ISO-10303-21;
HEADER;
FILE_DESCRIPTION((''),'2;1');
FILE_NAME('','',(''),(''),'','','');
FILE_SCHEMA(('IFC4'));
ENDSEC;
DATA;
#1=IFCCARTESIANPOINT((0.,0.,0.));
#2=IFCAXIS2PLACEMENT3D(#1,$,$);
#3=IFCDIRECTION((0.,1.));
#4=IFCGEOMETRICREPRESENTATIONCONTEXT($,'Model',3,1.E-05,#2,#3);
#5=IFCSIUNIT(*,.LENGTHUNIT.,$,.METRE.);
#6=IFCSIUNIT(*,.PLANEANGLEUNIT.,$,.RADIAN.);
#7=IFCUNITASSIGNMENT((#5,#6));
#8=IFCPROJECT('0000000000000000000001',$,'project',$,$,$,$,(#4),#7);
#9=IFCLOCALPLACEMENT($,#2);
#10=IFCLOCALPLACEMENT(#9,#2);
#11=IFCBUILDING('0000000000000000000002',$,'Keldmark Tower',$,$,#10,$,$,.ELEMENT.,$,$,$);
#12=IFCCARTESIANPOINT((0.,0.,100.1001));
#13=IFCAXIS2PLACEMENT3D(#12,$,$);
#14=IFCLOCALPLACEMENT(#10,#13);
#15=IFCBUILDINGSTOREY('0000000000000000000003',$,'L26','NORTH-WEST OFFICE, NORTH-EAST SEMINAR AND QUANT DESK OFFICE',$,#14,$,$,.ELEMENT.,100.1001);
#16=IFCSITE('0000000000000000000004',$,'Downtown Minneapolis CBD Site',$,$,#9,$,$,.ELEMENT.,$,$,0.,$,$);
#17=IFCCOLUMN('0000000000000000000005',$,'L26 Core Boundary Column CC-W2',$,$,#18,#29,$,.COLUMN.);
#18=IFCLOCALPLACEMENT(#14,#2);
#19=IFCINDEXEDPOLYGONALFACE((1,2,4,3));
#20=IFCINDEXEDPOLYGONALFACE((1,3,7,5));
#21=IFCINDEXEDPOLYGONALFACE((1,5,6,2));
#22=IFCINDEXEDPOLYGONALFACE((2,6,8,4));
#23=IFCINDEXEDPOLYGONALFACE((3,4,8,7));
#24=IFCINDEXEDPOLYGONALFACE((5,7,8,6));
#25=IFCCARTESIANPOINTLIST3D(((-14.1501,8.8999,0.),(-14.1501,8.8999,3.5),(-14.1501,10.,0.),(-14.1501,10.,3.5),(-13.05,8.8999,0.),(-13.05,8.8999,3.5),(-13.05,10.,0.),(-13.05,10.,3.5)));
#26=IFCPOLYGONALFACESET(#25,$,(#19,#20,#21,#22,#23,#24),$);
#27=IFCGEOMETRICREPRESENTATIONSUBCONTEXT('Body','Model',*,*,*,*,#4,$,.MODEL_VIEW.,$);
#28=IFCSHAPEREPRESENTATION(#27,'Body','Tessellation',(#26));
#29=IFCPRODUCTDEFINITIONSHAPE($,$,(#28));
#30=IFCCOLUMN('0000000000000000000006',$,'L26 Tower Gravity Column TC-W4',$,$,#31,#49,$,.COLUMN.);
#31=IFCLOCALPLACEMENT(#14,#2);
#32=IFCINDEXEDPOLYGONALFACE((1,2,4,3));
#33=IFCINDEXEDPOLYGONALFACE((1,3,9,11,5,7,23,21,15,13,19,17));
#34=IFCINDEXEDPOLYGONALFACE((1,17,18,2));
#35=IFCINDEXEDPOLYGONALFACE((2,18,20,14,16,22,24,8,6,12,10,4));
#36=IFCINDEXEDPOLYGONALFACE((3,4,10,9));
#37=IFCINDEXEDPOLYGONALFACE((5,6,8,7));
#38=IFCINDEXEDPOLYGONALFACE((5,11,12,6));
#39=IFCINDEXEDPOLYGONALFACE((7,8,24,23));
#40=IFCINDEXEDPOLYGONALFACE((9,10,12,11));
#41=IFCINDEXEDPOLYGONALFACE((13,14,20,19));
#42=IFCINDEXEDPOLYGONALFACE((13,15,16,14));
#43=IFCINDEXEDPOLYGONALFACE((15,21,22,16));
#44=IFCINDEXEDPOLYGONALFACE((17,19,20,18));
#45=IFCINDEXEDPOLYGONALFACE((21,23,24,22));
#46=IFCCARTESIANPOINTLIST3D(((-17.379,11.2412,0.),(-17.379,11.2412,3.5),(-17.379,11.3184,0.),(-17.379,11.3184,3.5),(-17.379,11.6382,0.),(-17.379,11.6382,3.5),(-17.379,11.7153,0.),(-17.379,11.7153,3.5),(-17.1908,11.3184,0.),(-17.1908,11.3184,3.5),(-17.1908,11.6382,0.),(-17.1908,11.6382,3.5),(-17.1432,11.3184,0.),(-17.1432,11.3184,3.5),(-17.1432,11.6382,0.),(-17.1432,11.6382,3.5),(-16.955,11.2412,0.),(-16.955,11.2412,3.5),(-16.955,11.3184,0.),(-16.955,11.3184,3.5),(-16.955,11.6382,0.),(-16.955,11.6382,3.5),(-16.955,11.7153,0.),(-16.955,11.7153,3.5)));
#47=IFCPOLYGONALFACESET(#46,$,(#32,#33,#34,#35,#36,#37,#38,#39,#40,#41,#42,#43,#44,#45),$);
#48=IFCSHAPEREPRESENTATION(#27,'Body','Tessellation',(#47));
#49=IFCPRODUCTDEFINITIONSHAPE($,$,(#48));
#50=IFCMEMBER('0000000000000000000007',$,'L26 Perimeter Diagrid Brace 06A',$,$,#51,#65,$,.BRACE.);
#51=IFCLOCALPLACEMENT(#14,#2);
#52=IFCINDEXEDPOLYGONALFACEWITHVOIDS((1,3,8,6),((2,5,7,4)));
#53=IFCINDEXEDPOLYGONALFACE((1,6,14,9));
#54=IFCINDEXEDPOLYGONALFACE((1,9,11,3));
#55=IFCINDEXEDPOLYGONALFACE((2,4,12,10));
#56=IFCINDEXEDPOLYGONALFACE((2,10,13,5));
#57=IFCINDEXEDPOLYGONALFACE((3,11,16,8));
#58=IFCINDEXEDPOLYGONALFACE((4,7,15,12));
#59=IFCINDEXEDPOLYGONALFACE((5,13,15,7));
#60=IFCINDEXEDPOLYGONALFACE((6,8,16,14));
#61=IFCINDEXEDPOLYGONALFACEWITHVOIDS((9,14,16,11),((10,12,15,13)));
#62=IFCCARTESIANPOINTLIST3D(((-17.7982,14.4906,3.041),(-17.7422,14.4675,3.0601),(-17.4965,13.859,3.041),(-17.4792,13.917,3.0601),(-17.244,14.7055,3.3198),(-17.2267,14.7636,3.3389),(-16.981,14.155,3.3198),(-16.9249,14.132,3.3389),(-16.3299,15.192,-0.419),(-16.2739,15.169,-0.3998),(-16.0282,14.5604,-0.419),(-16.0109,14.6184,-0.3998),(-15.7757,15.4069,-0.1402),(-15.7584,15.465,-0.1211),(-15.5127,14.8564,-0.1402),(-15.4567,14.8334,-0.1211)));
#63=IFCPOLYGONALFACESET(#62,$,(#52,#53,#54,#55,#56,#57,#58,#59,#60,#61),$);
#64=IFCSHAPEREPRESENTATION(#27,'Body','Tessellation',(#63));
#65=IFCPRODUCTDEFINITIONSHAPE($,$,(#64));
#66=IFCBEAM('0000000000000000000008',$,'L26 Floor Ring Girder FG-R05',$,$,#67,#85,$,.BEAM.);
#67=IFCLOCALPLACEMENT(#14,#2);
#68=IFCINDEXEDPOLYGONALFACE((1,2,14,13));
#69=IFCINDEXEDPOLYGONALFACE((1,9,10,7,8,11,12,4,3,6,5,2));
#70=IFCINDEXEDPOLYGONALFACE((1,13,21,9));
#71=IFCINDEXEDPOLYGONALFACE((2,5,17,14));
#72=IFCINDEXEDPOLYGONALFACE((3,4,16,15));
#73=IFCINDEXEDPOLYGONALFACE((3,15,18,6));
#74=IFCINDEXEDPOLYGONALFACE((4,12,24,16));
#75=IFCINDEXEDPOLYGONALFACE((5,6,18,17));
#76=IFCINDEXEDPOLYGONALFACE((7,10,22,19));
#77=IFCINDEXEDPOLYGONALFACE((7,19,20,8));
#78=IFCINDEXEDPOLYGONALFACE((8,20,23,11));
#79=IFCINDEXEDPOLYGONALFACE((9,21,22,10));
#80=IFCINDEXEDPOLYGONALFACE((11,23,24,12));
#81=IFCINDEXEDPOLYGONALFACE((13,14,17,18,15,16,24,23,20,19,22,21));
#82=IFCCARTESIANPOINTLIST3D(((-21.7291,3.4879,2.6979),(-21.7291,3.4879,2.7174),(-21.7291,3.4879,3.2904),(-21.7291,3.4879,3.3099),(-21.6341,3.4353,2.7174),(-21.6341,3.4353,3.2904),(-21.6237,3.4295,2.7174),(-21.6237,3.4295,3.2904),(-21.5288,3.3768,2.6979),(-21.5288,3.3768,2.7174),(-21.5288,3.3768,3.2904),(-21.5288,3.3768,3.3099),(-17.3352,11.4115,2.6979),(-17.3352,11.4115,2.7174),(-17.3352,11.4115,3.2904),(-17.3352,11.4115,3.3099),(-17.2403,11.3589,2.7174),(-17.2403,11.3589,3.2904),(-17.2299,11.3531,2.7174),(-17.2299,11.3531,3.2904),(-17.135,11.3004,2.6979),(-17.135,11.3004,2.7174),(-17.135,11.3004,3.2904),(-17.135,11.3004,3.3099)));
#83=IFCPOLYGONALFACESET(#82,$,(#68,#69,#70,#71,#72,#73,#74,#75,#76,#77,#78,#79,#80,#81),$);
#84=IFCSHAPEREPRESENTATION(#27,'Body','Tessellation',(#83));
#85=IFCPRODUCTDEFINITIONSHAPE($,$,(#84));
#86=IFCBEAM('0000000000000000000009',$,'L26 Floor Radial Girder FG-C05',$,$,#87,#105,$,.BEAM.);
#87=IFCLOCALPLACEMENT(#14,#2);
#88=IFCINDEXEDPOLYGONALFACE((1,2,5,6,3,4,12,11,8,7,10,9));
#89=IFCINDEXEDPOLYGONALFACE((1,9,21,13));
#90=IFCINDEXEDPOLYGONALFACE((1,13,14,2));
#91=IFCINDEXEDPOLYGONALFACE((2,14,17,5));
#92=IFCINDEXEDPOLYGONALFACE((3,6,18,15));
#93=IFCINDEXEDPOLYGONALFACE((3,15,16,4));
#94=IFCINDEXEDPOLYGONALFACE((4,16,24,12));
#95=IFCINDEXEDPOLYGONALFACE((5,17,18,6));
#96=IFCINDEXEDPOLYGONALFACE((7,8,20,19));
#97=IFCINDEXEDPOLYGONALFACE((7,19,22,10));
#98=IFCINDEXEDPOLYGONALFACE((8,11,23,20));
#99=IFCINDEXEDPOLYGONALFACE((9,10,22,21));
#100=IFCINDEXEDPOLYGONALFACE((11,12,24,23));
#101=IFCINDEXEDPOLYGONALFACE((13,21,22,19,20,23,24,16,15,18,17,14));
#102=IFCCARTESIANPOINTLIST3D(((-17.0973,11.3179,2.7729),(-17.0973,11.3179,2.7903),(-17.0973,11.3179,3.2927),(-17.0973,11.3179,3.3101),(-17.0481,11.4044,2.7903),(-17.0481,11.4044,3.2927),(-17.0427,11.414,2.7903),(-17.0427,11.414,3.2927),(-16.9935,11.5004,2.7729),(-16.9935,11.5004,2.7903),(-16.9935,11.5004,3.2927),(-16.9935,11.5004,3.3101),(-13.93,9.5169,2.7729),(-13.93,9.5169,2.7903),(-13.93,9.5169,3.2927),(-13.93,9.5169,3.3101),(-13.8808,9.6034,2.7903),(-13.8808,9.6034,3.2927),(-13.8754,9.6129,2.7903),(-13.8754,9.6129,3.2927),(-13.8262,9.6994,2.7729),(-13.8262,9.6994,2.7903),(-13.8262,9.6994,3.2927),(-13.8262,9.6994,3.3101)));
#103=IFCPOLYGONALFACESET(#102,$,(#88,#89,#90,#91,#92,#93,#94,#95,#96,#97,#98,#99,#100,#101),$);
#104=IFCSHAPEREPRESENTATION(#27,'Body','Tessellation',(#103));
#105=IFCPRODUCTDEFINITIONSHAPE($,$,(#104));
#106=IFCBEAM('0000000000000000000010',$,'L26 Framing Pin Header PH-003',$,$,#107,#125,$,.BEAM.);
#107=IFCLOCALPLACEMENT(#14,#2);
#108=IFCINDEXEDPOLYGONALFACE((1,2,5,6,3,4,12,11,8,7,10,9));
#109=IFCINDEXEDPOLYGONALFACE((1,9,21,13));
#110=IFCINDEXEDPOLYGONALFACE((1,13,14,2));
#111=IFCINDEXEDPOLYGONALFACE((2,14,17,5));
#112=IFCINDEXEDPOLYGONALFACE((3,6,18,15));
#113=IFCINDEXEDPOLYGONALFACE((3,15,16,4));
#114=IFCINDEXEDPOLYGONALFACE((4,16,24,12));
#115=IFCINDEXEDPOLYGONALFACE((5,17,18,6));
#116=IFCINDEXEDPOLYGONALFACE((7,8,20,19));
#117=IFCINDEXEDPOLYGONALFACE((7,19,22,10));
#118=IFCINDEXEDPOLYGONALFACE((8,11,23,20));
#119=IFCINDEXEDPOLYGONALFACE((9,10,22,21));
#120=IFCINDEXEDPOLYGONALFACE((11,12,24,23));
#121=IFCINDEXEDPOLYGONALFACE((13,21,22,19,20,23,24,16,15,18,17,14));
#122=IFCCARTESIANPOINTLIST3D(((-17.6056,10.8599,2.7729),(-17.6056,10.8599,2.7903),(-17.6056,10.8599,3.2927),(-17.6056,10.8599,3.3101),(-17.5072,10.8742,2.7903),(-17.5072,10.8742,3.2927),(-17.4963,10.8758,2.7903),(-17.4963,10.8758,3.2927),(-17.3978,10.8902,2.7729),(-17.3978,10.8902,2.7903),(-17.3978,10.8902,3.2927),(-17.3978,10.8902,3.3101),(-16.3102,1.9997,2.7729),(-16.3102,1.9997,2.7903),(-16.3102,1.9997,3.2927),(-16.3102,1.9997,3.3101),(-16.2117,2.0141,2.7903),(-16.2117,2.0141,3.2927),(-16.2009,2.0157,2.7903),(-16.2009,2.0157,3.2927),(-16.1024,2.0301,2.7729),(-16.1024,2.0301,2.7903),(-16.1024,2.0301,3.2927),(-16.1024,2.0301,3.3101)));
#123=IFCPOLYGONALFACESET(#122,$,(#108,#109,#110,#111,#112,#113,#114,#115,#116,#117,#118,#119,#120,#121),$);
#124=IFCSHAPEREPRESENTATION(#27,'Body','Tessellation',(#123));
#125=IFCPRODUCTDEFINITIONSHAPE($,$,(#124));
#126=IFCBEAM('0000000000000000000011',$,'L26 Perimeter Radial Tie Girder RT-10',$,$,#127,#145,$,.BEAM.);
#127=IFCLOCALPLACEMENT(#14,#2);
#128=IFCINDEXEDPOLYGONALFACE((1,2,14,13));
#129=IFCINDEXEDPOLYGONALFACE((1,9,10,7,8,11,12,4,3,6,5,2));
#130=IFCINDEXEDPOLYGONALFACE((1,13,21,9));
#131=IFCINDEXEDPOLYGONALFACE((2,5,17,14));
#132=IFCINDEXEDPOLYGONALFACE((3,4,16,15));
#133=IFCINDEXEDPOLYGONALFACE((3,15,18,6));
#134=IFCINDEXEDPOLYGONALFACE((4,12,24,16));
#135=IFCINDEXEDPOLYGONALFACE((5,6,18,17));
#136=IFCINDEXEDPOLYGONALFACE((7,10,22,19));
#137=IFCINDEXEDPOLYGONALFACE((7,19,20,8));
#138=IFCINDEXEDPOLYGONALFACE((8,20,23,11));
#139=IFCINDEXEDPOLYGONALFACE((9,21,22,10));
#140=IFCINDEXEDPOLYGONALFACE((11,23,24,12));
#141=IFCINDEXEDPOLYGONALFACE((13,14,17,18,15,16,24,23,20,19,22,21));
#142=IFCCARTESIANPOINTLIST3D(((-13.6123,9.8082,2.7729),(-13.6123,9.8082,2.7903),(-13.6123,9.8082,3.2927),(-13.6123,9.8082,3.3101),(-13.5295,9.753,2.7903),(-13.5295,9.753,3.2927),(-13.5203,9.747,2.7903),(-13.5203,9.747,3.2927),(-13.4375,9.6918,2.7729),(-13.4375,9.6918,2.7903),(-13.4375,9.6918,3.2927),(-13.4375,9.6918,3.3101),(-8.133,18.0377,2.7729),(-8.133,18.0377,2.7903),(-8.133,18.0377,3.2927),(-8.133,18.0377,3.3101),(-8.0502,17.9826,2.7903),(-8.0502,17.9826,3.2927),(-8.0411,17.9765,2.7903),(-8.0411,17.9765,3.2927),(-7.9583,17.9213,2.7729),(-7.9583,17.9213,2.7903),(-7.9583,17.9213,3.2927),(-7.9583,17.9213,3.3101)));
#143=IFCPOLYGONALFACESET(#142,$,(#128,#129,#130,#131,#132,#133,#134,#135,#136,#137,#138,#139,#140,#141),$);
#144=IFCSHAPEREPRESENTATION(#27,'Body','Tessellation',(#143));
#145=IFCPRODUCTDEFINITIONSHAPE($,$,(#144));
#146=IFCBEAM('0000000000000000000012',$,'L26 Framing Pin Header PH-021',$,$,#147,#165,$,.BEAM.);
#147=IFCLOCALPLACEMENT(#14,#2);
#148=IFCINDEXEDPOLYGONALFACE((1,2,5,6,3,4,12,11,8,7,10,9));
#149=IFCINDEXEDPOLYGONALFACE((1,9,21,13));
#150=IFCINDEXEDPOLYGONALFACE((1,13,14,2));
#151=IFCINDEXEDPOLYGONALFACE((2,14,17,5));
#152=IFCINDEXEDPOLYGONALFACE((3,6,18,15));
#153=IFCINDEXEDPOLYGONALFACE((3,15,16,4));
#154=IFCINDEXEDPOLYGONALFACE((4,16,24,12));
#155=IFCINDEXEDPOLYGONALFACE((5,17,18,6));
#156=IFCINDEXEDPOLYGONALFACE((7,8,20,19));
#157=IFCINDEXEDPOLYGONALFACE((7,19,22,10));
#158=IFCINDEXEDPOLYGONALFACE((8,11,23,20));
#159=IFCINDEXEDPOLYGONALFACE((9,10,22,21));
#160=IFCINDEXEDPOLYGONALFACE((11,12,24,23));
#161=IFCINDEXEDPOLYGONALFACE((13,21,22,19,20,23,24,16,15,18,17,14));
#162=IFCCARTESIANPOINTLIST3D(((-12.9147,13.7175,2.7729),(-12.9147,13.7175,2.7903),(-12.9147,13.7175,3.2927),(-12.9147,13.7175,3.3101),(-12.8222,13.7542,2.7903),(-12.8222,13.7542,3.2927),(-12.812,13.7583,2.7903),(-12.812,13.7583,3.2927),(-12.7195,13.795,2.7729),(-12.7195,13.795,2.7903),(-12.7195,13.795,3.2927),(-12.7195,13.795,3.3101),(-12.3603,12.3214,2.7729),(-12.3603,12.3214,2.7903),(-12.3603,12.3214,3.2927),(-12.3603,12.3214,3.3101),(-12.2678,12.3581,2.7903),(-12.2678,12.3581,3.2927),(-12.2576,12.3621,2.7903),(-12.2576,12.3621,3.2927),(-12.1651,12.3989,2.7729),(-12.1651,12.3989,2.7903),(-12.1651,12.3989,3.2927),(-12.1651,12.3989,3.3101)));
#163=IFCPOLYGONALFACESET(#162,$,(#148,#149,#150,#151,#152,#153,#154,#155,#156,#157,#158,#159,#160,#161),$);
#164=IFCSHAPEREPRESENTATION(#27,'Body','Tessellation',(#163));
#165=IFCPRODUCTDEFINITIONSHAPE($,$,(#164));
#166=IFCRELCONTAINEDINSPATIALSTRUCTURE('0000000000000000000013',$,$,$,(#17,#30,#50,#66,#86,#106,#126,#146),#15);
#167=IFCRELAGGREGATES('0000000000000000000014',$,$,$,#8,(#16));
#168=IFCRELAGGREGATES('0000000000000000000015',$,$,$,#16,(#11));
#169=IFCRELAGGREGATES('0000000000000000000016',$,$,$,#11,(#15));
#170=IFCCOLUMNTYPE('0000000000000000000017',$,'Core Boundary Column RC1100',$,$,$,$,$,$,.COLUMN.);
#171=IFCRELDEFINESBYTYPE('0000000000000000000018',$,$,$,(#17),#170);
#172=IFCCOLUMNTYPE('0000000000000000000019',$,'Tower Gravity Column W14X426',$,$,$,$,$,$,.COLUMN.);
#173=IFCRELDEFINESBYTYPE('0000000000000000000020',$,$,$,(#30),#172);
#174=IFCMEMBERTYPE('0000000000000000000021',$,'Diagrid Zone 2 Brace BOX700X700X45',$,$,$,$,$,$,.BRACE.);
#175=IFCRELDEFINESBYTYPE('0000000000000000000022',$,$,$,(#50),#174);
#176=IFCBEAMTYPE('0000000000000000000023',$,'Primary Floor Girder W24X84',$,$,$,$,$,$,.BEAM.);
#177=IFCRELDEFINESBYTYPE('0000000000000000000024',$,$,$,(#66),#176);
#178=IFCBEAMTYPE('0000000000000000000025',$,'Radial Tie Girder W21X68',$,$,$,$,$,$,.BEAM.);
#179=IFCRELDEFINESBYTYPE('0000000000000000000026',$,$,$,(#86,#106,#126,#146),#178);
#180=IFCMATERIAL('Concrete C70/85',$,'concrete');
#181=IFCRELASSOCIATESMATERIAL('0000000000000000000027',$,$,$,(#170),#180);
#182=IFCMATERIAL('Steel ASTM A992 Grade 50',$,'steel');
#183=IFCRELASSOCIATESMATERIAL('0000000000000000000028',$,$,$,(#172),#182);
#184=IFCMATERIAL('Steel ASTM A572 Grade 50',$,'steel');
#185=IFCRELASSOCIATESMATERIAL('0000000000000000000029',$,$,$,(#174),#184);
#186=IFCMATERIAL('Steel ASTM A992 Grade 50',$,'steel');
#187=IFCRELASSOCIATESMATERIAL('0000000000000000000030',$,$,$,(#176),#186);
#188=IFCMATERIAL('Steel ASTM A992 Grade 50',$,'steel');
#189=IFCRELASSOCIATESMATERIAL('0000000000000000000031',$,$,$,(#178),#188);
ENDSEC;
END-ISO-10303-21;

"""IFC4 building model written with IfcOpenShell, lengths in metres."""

from ifc_helpers import new_model, si_unit, direction, frame, origin, origin_2d, place, context, subcontext, project, spatial, rectangle, hollow_rectangle, i_section, extrude, material, material_profile, profile_set, type_object, element, save


model = new_model("IFC4")

# Units and contexts
model_context = context("Model", 3, precision=1e-05, world=origin(), true_north=direction((0.0, 1.0)))
body_context = subcontext(model_context, "Body", "Model", "MODEL_VIEW")
ifc_project = project(units=[si_unit("LENGTHUNIT", "METRE"), si_unit("PLANEANGLEUNIT", "RADIAN")], contexts=[model_context])

# Site, building, storey
site_placement = place(None, origin())
site = spatial("IfcSite", under=ifc_project, at=site_placement, Name="Downtown Minneapolis CBD Site", CompositionType="ELEMENT", RefElevation=0.0)
building_placement = place(site_placement, origin())
building = spatial("IfcBuilding", under=site, at=building_placement, Name="Keldmark Tower", CompositionType="ELEMENT")
storey_placement = place(building_placement, frame((0.0, 0.0, 100.1001)))
storey = spatial("IfcBuildingStorey", under=building, at=storey_placement, Name="L26", Description="NORTH-WEST OFFICE, NORTH-EAST SEMINAR AND QUANT DESK OFFICE", CompositionType="ELEMENT", Elevation=100.1001)

# Columns
ifc_material_1 = material(Name="Concrete C70/85", Category="concrete")
ifc_material_profile_1 = material_profile(ifc_material_1, rectangle(XDim=1.1001, YDim=1.1001, at=origin_2d()), Name="RC1100X1100")
ifc_profile_set_1 = profile_set([ifc_material_profile_1], Name="Concrete C70/85")
column_type_1 = type_object("IfcColumnType", Name="Core Boundary Column RC1100", PredefinedType="COLUMN", material=ifc_profile_set_1)
column_1_placement = place(storey_placement, frame((-13.6001, 9.45, 0.0), z_axis=(0.0, 0.0, 1.0), x_axis=(1.0, 0.0, 0.0)))
element("IfcColumn", 1, at=column_1_placement, inside=storey, type_object=column_type_1, Name="L26 Core Boundary Column CC-W2", PredefinedType="COLUMN", context=body_context, shape_type="SweptSolid", body=[
    extrude(rectangle(XDim=1.1001, YDim=1.1001, at=origin_2d()), origin(), (0.0, 0.0, 1.0), 3.5),
])
ifc_material_2 = material(Name="Steel ASTM A992 Grade 50", Category="steel")
ifc_material_profile_2 = material_profile(ifc_material_2, i_section(OverallWidth=0.4241, OverallDepth=0.4741, WebThickness=0.0476, FlangeThickness=0.0771, at=origin_2d()), Name="W14X426")
ifc_profile_set_2 = profile_set([ifc_material_profile_2], Name="Steel ASTM A992 Grade 50")
column_type_2 = type_object("IfcColumnType", Name="Tower Gravity Column W14X426", PredefinedType="COLUMN", material=ifc_profile_set_2)
column_2_placement = place(storey_placement, frame((-17.167, 11.4783, 0.0), z_axis=(0.0, 0.0, 1.0), x_axis=(1.0, 0.0, 0.0)))
element("IfcColumn", 2, at=column_2_placement, inside=storey, type_object=column_type_2, Name="L26 Tower Gravity Column TC-W4", PredefinedType="COLUMN", context=body_context, shape_type="SweptSolid", body=[
    extrude(i_section(OverallWidth=0.4241, OverallDepth=0.4741, WebThickness=0.0476, FlangeThickness=0.0771, at=origin_2d()), origin(), (0.0, 0.0, 1.0), 3.5),
])

# Member
ifc_material_3 = material(Name="Steel ASTM A572 Grade 50", Category="steel")
ifc_material_profile_3 = material_profile(ifc_material_3, hollow_rectangle(XDim=0.7, YDim=0.7, WallThickness=0.0449, at=origin_2d()), Name="BOX700X700X45")
ifc_profile_set_3 = profile_set([ifc_material_profile_3], Name="Steel ASTM A572 Grade 50")
member_type = type_object("IfcMemberType", Name="Diagrid Zone 2 Brace BOX700X700X45", PredefinedType="BRACE", material=ifc_profile_set_3)
member_placement = place(storey_placement, frame((-15.8933, 15.0127, -0.27), z_axis=(-0.38401, -0.183449, 0.904921), x_axis=(0.431057, -0.902325, 0.0)))
element("IfcMember", 3, at=member_placement, inside=storey, type_object=member_type, Name="L26 Perimeter Diagrid Brace 06A", PredefinedType="BRACE", context=body_context, shape_type="SweptSolid", body=[
    extrude(hollow_rectangle(XDim=0.7, YDim=0.7, WallThickness=0.0449, at=origin_2d()), origin(), (0.0, 0.0, 1.0), 3.8235),
])

# Beams
ifc_material_4 = material(Name="Steel ASTM A992 Grade 50", Category="steel")
ifc_material_profile_4 = material_profile(ifc_material_4, i_section(OverallWidth=0.229, OverallDepth=0.6121, WebThickness=0.012, FlangeThickness=0.0195, at=origin_2d()), Name="W24X84")
ifc_profile_set_4 = profile_set([ifc_material_profile_4], Name="Steel ASTM A992 Grade 50")
beam_type_1 = type_object("IfcBeamType", Name="Primary Floor Girder W24X84", PredefinedType="BEAM", material=ifc_profile_set_4)
beam_1_placement = place(storey_placement, frame((-17.2351, 11.356, 3.0039), z_axis=(-0.484952, -0.874541, 0.0), x_axis=(0.874541, -0.484952, 0.0)))
element("IfcBeam", 4, at=beam_1_placement, inside=storey, type_object=beam_type_1, Name="L26 Floor Ring Girder FG-R05", PredefinedType="BEAM", context=body_context, shape_type="SweptSolid", body=[
    extrude(i_section(OverallWidth=0.229, OverallDepth=0.6121, WebThickness=0.012, FlangeThickness=0.0195, at=origin_2d()), origin(), (0.0, 0.0, 1.0), 9.0603),
])
ifc_material_5 = material(Name="Steel ASTM A992 Grade 50", Category="steel")
ifc_material_profile_5 = material_profile(ifc_material_5, i_section(OverallWidth=0.21, OverallDepth=0.5371, WebThickness=0.011, FlangeThickness=0.0173, at=origin_2d()), Name="W21X68")
ifc_profile_set_5 = profile_set([ifc_material_profile_5], Name="Steel ASTM A992 Grade 50")
beam_type_2 = type_object("IfcBeamType", Name="Radial Tie Girder W21X68", PredefinedType="BEAM", material=ifc_profile_set_5)
beam_2_placement = place(storey_placement, frame((-17.0454, 11.4092, 3.0415), z_axis=(0.869284, -0.494312, 0.0), x_axis=(0.494312, 0.869284, 0.0)))
element("IfcBeam", 5, at=beam_2_placement, inside=storey, type_object=beam_type_2, Name="L26 Floor Radial Girder FG-C05", PredefinedType="BEAM", context=body_context, shape_type="SweptSolid", body=[
    extrude(i_section(OverallWidth=0.21, OverallDepth=0.5371, WebThickness=0.011, FlangeThickness=0.0173, at=origin_2d()), origin(), (0.0, 0.0, 1.0), 3.6436),
])
beam_3_placement = place(storey_placement, frame((-16.2063, 2.0149, 3.0415), z_axis=(-0.144669, 0.98948, 0.0), x_axis=(-0.98948, -0.144669, 0.0)))
element("IfcBeam", 6, at=beam_3_placement, inside=storey, type_object=beam_type_2, Name="L26 Framing Pin Header PH-003", PredefinedType="BEAM", context=body_context, shape_type="SweptSolid", body=[
    extrude(i_section(OverallWidth=0.21, OverallDepth=0.5371, WebThickness=0.011, FlangeThickness=0.0173, at=origin_2d()), origin(), (0.0, 0.0, 1.0), 8.9543),
])
beam_4_placement = place(storey_placement, frame((-13.5249, 9.75, 3.0415), z_axis=(0.554204, 0.832381, 0.0), x_axis=(-0.832381, 0.554204, 0.0)))
element("IfcBeam", 7, at=beam_4_placement, inside=storey, type_object=beam_type_2, Name="L26 Perimeter Radial Tie Girder RT-10", PredefinedType="BEAM", context=body_context, shape_type="SweptSolid", body=[
    extrude(i_section(OverallWidth=0.21, OverallDepth=0.5371, WebThickness=0.011, FlangeThickness=0.0173, at=origin_2d()), origin(), (0.0, 0.0, 1.0), 9.8867),
])
beam_5_placement = place(storey_placement, frame((-12.2627, 12.3601, 3.0415), z_axis=(-0.369064, 0.929404, 0.0), x_axis=(-0.929404, -0.369064, 0.0)))
element("IfcBeam", 8, at=beam_5_placement, inside=storey, type_object=beam_type_2, Name="L26 Framing Pin Header PH-021", PredefinedType="BEAM", context=body_context, shape_type="SweptSolid", body=[
    extrude(i_section(OverallWidth=0.21, OverallDepth=0.5371, WebThickness=0.011, FlangeThickness=0.0173, at=origin_2d()), origin(), (0.0, 0.0, 1.0), 1.5022),
])

save(model, "model.ifc")
